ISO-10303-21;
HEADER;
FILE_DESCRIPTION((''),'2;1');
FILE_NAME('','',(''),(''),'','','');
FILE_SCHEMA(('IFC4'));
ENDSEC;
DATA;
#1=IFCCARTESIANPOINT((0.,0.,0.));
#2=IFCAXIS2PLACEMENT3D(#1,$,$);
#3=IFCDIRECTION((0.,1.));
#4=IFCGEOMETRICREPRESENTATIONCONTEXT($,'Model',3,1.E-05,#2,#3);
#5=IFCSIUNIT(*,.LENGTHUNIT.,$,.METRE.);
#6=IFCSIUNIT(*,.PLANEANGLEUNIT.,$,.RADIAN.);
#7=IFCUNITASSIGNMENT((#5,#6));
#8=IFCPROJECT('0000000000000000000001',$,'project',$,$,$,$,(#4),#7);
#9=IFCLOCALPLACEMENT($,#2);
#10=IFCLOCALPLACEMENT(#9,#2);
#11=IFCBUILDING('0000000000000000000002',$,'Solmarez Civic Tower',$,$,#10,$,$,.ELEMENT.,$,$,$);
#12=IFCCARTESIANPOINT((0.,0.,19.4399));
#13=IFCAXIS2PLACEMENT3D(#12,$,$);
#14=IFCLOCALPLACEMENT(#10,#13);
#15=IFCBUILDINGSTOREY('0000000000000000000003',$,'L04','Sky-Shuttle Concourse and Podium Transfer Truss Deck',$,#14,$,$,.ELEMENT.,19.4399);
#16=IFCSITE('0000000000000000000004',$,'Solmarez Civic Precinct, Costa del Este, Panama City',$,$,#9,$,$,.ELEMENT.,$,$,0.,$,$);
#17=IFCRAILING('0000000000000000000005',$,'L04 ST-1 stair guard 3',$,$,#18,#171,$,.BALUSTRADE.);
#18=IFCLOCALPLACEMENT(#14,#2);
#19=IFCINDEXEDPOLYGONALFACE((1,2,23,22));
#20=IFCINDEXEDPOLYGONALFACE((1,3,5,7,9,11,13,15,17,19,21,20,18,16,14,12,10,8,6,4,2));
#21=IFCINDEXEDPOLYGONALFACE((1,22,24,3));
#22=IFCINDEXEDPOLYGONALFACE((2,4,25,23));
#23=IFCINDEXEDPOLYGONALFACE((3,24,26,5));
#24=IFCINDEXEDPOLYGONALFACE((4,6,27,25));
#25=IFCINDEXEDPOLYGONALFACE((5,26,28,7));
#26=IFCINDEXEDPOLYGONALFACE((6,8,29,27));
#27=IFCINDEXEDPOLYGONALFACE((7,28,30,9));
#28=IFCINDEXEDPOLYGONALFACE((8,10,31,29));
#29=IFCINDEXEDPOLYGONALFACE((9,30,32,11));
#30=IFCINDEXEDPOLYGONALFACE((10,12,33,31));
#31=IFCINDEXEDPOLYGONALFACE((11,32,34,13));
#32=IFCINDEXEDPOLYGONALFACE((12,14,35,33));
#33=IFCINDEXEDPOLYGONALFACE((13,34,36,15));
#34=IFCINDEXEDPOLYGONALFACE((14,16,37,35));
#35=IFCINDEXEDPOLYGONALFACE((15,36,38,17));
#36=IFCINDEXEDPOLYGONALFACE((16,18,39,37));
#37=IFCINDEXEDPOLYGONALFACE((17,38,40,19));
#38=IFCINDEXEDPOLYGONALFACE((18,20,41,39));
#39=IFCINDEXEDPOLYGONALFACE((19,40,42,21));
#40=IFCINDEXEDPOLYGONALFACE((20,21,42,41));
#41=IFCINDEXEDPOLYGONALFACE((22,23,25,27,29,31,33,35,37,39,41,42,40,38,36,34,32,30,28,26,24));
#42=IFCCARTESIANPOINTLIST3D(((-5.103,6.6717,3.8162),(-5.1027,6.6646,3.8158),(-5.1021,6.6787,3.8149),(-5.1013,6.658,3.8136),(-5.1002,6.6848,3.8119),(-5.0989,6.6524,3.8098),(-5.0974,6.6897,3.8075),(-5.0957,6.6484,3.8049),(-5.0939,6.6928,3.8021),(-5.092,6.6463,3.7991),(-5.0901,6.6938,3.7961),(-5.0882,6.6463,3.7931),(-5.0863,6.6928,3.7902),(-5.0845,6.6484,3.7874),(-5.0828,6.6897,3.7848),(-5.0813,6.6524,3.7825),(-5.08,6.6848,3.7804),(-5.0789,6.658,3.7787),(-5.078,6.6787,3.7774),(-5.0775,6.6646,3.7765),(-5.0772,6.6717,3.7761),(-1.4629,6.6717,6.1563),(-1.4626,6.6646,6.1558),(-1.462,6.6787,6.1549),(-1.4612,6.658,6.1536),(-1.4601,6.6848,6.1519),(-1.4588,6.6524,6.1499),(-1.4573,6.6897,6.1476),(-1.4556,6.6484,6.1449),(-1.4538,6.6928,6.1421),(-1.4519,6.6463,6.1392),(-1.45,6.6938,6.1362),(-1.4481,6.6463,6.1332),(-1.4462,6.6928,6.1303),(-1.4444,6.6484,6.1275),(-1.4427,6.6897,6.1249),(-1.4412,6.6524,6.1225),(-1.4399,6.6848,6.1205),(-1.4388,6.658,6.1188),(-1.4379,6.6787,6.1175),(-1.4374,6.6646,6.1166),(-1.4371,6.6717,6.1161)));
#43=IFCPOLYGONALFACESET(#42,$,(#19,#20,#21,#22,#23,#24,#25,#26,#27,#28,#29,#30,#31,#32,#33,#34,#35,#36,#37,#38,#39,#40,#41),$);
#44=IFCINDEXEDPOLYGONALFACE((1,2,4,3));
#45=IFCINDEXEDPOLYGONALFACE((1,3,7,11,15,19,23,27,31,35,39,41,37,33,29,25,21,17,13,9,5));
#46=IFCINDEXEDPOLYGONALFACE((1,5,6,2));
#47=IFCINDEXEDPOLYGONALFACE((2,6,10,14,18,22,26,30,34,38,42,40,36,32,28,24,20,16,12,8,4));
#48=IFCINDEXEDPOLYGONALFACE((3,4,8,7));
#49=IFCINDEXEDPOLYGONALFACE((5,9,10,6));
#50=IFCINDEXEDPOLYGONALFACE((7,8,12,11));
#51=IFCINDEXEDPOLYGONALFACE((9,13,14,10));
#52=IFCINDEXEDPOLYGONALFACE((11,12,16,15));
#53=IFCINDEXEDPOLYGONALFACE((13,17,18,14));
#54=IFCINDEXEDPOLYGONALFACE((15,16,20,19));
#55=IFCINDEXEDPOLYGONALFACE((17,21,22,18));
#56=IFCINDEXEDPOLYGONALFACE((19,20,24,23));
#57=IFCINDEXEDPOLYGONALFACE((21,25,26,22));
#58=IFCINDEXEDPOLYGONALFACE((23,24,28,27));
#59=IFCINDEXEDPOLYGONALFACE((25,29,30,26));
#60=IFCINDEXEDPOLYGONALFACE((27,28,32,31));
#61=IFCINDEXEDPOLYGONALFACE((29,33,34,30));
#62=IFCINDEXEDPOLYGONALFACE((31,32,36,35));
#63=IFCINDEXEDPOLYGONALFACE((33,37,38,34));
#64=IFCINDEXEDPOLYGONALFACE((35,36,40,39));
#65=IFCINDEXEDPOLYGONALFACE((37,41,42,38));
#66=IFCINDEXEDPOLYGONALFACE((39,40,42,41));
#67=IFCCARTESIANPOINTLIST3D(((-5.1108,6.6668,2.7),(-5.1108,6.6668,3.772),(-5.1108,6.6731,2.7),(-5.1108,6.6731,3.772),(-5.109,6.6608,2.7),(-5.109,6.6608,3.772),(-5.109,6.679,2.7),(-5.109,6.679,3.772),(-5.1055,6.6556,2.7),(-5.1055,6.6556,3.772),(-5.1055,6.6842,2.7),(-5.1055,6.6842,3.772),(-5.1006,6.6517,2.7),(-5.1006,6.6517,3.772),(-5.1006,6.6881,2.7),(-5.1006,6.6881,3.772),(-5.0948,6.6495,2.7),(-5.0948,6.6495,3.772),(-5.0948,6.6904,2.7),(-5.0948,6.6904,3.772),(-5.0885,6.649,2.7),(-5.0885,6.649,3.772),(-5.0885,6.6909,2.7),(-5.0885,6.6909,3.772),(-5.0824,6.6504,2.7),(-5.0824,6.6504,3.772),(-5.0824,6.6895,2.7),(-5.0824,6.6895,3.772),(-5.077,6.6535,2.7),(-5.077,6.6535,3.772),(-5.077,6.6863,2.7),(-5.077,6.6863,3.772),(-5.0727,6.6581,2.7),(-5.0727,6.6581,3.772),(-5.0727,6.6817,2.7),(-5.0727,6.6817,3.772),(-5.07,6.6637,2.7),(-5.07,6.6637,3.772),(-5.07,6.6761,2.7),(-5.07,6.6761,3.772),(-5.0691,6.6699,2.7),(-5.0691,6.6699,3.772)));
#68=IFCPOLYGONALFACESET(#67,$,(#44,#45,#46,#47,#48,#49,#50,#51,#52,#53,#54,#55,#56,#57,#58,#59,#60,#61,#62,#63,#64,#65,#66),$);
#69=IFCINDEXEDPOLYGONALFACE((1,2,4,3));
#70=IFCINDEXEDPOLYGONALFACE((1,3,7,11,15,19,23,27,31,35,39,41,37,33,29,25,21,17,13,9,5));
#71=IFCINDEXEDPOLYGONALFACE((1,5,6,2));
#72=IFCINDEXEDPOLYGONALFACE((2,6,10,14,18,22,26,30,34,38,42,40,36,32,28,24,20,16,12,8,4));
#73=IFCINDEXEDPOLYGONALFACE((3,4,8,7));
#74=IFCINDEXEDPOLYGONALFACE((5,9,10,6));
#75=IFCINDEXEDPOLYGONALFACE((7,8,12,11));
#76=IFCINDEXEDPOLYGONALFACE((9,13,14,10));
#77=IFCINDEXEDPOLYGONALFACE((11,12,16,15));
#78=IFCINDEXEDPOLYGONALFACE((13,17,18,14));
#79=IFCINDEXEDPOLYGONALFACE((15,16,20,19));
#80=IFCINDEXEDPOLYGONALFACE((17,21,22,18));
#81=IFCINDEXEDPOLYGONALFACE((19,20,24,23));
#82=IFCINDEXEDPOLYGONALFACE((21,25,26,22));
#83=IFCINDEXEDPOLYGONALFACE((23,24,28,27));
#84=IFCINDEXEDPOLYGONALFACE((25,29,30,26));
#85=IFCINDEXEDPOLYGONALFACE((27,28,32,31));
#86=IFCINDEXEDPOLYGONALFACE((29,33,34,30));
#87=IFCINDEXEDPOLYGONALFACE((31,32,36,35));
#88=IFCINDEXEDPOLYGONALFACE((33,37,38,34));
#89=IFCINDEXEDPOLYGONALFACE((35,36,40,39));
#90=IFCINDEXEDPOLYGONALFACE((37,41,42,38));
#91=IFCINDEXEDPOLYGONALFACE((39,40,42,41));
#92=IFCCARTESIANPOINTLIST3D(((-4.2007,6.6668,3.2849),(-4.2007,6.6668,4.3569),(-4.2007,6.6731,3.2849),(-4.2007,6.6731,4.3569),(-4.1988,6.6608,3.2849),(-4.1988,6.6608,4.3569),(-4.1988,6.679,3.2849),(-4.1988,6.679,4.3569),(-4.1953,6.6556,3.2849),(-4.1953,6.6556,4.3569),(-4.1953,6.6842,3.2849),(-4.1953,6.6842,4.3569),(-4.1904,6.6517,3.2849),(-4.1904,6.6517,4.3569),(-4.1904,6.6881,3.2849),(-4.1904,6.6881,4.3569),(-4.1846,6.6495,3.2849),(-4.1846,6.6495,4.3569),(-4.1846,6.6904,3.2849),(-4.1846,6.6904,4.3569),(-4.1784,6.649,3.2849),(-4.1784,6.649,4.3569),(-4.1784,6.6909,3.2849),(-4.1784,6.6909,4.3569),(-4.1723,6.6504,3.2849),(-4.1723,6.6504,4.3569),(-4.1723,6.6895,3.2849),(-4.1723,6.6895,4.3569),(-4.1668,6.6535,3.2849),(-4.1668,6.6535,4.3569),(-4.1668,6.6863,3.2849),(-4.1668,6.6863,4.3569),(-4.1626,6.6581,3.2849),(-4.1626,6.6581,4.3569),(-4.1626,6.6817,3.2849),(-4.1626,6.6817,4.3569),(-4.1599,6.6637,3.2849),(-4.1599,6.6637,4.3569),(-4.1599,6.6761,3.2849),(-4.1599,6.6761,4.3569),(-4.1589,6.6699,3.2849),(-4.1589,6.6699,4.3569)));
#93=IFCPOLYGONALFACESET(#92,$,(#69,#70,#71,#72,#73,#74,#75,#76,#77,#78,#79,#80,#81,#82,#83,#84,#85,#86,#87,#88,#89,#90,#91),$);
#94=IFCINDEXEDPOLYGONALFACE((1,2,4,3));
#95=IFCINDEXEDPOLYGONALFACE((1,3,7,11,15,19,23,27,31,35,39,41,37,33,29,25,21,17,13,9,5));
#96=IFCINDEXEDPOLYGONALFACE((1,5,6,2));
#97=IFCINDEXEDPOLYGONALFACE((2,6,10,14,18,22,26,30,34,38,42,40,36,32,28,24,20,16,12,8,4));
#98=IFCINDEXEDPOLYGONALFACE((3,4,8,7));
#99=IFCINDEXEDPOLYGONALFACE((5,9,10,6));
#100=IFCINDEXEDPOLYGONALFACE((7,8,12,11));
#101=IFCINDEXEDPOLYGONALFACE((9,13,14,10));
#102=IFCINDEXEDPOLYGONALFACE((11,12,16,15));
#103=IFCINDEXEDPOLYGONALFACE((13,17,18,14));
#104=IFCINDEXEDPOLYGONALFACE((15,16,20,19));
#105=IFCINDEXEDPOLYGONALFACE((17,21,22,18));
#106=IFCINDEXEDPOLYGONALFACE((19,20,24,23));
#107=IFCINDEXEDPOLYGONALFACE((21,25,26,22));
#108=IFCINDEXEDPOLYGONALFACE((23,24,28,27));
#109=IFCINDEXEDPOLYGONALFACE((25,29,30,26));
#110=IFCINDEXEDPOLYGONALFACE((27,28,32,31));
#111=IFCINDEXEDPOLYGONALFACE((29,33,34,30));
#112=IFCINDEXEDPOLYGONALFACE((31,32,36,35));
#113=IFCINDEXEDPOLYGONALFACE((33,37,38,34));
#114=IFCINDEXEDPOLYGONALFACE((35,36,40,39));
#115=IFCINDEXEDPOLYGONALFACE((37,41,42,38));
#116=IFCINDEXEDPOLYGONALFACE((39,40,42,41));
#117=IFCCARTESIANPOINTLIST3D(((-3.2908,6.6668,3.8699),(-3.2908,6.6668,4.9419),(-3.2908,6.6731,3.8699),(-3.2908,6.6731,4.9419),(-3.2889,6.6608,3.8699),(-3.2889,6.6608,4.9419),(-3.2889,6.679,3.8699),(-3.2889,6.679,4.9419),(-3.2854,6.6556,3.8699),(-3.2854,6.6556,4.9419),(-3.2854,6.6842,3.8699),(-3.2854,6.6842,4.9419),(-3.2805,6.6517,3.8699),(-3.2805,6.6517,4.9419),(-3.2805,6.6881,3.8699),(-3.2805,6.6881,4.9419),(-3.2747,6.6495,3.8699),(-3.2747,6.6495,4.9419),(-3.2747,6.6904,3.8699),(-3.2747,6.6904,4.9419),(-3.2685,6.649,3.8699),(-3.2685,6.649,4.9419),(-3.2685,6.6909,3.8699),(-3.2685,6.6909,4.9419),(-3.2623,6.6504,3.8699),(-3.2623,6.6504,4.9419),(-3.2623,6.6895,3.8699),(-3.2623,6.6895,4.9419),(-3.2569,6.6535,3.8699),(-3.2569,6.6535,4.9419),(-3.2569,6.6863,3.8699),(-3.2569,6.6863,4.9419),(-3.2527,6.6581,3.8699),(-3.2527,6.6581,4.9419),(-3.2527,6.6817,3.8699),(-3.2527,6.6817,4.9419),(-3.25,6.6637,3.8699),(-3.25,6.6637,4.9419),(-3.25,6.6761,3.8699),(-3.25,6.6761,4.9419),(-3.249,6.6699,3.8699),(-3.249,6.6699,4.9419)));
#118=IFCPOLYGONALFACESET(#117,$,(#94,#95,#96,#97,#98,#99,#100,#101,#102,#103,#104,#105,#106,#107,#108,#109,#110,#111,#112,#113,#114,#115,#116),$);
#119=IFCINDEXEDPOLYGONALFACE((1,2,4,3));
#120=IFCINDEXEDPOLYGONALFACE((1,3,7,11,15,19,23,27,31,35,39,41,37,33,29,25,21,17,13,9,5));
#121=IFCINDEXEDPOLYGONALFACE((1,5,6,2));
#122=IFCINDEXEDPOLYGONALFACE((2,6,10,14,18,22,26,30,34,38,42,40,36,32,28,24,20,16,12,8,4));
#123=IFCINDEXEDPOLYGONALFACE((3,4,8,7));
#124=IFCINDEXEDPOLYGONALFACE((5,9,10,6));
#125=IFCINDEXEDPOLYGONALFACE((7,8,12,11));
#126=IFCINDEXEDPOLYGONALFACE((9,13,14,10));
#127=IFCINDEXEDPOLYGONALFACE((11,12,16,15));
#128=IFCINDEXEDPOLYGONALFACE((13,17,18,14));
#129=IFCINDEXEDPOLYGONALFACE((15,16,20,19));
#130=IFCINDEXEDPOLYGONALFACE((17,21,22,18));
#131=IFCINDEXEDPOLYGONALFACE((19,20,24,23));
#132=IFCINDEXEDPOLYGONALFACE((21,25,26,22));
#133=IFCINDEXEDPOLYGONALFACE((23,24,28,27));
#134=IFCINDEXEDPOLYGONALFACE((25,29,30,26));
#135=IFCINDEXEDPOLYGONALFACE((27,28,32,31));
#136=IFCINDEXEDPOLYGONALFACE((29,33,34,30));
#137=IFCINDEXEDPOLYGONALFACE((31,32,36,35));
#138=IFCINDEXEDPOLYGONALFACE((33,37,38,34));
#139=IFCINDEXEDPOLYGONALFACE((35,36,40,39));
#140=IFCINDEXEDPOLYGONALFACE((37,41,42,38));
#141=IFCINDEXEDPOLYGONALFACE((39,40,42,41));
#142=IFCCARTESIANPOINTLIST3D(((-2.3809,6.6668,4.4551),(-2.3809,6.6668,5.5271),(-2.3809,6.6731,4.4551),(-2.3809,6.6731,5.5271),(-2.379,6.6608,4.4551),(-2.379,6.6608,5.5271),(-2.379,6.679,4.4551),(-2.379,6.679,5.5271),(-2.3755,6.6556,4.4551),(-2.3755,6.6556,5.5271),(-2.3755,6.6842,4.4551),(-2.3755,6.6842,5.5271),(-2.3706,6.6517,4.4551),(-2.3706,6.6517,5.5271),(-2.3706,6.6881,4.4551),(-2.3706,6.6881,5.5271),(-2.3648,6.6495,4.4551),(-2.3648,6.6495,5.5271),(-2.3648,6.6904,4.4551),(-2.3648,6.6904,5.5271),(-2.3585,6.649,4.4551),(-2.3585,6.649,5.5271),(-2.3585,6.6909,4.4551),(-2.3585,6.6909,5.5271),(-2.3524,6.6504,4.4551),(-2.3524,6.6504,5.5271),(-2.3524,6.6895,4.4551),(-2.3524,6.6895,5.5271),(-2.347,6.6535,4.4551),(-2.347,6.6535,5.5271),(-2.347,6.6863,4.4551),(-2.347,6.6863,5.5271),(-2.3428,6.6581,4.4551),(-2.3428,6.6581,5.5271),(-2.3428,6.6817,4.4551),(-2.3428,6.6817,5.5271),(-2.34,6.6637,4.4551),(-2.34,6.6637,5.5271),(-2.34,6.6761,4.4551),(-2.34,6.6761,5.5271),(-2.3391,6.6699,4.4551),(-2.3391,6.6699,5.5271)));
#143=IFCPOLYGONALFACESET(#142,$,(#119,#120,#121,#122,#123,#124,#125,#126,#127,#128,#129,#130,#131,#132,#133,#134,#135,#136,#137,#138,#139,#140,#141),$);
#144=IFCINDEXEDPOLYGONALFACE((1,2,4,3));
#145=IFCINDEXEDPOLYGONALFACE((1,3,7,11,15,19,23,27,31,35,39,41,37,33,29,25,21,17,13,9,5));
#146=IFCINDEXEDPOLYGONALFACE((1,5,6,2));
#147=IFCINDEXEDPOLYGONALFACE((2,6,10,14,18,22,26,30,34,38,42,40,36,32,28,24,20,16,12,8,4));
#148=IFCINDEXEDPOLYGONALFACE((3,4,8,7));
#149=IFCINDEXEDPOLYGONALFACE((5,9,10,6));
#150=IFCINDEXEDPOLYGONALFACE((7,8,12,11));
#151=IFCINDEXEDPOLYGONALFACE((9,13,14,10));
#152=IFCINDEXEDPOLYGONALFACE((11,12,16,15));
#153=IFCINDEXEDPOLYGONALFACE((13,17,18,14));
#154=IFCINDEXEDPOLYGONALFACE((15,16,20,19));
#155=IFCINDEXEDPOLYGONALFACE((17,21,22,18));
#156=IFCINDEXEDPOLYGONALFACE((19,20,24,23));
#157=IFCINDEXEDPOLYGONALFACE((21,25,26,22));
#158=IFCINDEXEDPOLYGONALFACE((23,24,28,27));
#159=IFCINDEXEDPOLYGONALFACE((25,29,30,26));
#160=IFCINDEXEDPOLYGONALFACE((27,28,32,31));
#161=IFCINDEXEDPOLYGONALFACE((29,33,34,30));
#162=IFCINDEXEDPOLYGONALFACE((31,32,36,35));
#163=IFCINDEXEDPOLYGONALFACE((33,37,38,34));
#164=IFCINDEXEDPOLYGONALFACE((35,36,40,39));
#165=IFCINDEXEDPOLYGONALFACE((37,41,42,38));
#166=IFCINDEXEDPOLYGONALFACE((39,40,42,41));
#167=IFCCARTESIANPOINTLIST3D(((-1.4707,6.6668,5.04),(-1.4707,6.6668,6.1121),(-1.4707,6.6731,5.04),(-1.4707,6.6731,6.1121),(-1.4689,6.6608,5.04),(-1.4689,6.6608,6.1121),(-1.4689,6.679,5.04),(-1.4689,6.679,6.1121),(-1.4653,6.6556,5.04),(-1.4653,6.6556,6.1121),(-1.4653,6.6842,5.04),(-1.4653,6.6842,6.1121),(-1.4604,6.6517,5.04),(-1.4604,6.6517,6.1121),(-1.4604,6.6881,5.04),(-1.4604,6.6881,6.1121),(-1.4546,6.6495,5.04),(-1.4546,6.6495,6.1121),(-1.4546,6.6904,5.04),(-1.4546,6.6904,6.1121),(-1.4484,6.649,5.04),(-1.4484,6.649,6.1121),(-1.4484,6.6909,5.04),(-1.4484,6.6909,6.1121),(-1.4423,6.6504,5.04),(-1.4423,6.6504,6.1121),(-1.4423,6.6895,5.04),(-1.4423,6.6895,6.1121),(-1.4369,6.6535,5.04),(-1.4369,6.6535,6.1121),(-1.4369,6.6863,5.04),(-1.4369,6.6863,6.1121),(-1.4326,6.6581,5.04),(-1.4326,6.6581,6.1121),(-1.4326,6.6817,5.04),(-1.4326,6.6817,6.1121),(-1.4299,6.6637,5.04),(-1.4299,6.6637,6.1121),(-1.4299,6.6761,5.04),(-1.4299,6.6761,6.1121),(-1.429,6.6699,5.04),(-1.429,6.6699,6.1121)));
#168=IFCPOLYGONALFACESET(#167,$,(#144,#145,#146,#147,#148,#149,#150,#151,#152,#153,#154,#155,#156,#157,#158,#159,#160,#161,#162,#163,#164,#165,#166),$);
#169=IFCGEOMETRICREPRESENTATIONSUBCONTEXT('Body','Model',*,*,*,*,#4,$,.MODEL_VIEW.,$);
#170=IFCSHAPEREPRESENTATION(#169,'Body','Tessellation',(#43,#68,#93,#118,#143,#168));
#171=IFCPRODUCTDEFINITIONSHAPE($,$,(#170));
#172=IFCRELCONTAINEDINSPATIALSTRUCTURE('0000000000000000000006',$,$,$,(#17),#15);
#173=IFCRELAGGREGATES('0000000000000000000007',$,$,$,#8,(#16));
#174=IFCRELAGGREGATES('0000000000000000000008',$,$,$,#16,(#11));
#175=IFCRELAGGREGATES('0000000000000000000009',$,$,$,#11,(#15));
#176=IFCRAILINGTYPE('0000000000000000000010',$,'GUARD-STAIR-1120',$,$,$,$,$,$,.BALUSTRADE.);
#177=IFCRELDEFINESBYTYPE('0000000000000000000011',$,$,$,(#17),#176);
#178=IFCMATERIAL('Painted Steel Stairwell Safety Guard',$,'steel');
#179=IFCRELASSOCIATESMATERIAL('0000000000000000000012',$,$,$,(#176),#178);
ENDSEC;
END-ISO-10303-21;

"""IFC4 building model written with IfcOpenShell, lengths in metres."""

from ifc_helpers import new_model, si_unit, direction, frame, origin, origin_2d, place, context, subcontext, project, spatial, circle, extrude, material, type_object, element, save


model = new_model("IFC4")

# Units and contexts
model_context = context("Model", 3, precision=1e-05, world=origin(), true_north=direction((0.0, 1.0)))
body_context = subcontext(model_context, "Body", "Model", "MODEL_VIEW")
ifc_project = project(units=[si_unit("LENGTHUNIT", "METRE"), si_unit("PLANEANGLEUNIT", "RADIAN")], contexts=[model_context])

# Site, building, storey
site_placement = place(None, origin())
site = spatial("IfcSite", under=ifc_project, at=site_placement, Name="Solmarez Civic Precinct, Costa del Este, Panama City", CompositionType="ELEMENT", RefElevation=0.0)
building_placement = place(site_placement, origin())
building = spatial("IfcBuilding", under=site, at=building_placement, Name="Solmarez Civic Tower", CompositionType="ELEMENT")
storey_placement = place(building_placement, frame((0.0, 0.0, 19.4399)))
storey = spatial("IfcBuildingStorey", under=building, at=storey_placement, Name="L04", Description="Sky-Shuttle Concourse and Podium Transfer Truss Deck", CompositionType="ELEMENT", Elevation=19.4399)

# Railing
ifc_material_1 = material(Name="Painted Steel Stairwell Safety Guard", Category="steel")
railing_type_1 = type_object("IfcRailingType", Name="GUARD-STAIR-1120", PredefinedType="BALUSTRADE", material=ifc_material_1)
railing_1_placement = place(storey_placement, frame((-5.0901, 6.6699, 2.7)))
element("IfcRailing", 1, at=railing_1_placement, inside=storey, type_object=railing_type_1, Name="L04 ST-1 stair guard 3", PredefinedType="BALUSTRADE", context=body_context, shape_type="SweptSolid", body=[
    extrude(circle(Radius=0.0239, at=origin_2d()), frame((0.0, 0.0, 1.0962), z_axis=(0.841178, 0.0, 0.540758), x_axis=(0.0, 1.0, 0.0)), (0.0, 0.0, 1.0), 4.3274),
    extrude(circle(Radius=0.021, at=origin_2d()), origin(), (0.0, 0.0, 1.0), 1.072),
    extrude(circle(Radius=0.021, at=origin_2d()), frame((0.9102, 0.0, 0.585)), (0.0, 0.0, 1.0), 1.072),
    extrude(circle(Radius=0.021, at=origin_2d()), frame((1.8201, 0.0, 1.1699)), (0.0, 0.0, 1.0), 1.072),
    extrude(circle(Radius=0.021, at=origin_2d()), frame((2.73, 0.0, 1.7551)), (0.0, 0.0, 1.0), 1.072),
    extrude(circle(Radius=0.021, at=origin_2d()), frame((3.6401, 0.0, 2.3401)), (0.0, 0.0, 1.0), 1.072),
])

save(model, "model.ifc")
